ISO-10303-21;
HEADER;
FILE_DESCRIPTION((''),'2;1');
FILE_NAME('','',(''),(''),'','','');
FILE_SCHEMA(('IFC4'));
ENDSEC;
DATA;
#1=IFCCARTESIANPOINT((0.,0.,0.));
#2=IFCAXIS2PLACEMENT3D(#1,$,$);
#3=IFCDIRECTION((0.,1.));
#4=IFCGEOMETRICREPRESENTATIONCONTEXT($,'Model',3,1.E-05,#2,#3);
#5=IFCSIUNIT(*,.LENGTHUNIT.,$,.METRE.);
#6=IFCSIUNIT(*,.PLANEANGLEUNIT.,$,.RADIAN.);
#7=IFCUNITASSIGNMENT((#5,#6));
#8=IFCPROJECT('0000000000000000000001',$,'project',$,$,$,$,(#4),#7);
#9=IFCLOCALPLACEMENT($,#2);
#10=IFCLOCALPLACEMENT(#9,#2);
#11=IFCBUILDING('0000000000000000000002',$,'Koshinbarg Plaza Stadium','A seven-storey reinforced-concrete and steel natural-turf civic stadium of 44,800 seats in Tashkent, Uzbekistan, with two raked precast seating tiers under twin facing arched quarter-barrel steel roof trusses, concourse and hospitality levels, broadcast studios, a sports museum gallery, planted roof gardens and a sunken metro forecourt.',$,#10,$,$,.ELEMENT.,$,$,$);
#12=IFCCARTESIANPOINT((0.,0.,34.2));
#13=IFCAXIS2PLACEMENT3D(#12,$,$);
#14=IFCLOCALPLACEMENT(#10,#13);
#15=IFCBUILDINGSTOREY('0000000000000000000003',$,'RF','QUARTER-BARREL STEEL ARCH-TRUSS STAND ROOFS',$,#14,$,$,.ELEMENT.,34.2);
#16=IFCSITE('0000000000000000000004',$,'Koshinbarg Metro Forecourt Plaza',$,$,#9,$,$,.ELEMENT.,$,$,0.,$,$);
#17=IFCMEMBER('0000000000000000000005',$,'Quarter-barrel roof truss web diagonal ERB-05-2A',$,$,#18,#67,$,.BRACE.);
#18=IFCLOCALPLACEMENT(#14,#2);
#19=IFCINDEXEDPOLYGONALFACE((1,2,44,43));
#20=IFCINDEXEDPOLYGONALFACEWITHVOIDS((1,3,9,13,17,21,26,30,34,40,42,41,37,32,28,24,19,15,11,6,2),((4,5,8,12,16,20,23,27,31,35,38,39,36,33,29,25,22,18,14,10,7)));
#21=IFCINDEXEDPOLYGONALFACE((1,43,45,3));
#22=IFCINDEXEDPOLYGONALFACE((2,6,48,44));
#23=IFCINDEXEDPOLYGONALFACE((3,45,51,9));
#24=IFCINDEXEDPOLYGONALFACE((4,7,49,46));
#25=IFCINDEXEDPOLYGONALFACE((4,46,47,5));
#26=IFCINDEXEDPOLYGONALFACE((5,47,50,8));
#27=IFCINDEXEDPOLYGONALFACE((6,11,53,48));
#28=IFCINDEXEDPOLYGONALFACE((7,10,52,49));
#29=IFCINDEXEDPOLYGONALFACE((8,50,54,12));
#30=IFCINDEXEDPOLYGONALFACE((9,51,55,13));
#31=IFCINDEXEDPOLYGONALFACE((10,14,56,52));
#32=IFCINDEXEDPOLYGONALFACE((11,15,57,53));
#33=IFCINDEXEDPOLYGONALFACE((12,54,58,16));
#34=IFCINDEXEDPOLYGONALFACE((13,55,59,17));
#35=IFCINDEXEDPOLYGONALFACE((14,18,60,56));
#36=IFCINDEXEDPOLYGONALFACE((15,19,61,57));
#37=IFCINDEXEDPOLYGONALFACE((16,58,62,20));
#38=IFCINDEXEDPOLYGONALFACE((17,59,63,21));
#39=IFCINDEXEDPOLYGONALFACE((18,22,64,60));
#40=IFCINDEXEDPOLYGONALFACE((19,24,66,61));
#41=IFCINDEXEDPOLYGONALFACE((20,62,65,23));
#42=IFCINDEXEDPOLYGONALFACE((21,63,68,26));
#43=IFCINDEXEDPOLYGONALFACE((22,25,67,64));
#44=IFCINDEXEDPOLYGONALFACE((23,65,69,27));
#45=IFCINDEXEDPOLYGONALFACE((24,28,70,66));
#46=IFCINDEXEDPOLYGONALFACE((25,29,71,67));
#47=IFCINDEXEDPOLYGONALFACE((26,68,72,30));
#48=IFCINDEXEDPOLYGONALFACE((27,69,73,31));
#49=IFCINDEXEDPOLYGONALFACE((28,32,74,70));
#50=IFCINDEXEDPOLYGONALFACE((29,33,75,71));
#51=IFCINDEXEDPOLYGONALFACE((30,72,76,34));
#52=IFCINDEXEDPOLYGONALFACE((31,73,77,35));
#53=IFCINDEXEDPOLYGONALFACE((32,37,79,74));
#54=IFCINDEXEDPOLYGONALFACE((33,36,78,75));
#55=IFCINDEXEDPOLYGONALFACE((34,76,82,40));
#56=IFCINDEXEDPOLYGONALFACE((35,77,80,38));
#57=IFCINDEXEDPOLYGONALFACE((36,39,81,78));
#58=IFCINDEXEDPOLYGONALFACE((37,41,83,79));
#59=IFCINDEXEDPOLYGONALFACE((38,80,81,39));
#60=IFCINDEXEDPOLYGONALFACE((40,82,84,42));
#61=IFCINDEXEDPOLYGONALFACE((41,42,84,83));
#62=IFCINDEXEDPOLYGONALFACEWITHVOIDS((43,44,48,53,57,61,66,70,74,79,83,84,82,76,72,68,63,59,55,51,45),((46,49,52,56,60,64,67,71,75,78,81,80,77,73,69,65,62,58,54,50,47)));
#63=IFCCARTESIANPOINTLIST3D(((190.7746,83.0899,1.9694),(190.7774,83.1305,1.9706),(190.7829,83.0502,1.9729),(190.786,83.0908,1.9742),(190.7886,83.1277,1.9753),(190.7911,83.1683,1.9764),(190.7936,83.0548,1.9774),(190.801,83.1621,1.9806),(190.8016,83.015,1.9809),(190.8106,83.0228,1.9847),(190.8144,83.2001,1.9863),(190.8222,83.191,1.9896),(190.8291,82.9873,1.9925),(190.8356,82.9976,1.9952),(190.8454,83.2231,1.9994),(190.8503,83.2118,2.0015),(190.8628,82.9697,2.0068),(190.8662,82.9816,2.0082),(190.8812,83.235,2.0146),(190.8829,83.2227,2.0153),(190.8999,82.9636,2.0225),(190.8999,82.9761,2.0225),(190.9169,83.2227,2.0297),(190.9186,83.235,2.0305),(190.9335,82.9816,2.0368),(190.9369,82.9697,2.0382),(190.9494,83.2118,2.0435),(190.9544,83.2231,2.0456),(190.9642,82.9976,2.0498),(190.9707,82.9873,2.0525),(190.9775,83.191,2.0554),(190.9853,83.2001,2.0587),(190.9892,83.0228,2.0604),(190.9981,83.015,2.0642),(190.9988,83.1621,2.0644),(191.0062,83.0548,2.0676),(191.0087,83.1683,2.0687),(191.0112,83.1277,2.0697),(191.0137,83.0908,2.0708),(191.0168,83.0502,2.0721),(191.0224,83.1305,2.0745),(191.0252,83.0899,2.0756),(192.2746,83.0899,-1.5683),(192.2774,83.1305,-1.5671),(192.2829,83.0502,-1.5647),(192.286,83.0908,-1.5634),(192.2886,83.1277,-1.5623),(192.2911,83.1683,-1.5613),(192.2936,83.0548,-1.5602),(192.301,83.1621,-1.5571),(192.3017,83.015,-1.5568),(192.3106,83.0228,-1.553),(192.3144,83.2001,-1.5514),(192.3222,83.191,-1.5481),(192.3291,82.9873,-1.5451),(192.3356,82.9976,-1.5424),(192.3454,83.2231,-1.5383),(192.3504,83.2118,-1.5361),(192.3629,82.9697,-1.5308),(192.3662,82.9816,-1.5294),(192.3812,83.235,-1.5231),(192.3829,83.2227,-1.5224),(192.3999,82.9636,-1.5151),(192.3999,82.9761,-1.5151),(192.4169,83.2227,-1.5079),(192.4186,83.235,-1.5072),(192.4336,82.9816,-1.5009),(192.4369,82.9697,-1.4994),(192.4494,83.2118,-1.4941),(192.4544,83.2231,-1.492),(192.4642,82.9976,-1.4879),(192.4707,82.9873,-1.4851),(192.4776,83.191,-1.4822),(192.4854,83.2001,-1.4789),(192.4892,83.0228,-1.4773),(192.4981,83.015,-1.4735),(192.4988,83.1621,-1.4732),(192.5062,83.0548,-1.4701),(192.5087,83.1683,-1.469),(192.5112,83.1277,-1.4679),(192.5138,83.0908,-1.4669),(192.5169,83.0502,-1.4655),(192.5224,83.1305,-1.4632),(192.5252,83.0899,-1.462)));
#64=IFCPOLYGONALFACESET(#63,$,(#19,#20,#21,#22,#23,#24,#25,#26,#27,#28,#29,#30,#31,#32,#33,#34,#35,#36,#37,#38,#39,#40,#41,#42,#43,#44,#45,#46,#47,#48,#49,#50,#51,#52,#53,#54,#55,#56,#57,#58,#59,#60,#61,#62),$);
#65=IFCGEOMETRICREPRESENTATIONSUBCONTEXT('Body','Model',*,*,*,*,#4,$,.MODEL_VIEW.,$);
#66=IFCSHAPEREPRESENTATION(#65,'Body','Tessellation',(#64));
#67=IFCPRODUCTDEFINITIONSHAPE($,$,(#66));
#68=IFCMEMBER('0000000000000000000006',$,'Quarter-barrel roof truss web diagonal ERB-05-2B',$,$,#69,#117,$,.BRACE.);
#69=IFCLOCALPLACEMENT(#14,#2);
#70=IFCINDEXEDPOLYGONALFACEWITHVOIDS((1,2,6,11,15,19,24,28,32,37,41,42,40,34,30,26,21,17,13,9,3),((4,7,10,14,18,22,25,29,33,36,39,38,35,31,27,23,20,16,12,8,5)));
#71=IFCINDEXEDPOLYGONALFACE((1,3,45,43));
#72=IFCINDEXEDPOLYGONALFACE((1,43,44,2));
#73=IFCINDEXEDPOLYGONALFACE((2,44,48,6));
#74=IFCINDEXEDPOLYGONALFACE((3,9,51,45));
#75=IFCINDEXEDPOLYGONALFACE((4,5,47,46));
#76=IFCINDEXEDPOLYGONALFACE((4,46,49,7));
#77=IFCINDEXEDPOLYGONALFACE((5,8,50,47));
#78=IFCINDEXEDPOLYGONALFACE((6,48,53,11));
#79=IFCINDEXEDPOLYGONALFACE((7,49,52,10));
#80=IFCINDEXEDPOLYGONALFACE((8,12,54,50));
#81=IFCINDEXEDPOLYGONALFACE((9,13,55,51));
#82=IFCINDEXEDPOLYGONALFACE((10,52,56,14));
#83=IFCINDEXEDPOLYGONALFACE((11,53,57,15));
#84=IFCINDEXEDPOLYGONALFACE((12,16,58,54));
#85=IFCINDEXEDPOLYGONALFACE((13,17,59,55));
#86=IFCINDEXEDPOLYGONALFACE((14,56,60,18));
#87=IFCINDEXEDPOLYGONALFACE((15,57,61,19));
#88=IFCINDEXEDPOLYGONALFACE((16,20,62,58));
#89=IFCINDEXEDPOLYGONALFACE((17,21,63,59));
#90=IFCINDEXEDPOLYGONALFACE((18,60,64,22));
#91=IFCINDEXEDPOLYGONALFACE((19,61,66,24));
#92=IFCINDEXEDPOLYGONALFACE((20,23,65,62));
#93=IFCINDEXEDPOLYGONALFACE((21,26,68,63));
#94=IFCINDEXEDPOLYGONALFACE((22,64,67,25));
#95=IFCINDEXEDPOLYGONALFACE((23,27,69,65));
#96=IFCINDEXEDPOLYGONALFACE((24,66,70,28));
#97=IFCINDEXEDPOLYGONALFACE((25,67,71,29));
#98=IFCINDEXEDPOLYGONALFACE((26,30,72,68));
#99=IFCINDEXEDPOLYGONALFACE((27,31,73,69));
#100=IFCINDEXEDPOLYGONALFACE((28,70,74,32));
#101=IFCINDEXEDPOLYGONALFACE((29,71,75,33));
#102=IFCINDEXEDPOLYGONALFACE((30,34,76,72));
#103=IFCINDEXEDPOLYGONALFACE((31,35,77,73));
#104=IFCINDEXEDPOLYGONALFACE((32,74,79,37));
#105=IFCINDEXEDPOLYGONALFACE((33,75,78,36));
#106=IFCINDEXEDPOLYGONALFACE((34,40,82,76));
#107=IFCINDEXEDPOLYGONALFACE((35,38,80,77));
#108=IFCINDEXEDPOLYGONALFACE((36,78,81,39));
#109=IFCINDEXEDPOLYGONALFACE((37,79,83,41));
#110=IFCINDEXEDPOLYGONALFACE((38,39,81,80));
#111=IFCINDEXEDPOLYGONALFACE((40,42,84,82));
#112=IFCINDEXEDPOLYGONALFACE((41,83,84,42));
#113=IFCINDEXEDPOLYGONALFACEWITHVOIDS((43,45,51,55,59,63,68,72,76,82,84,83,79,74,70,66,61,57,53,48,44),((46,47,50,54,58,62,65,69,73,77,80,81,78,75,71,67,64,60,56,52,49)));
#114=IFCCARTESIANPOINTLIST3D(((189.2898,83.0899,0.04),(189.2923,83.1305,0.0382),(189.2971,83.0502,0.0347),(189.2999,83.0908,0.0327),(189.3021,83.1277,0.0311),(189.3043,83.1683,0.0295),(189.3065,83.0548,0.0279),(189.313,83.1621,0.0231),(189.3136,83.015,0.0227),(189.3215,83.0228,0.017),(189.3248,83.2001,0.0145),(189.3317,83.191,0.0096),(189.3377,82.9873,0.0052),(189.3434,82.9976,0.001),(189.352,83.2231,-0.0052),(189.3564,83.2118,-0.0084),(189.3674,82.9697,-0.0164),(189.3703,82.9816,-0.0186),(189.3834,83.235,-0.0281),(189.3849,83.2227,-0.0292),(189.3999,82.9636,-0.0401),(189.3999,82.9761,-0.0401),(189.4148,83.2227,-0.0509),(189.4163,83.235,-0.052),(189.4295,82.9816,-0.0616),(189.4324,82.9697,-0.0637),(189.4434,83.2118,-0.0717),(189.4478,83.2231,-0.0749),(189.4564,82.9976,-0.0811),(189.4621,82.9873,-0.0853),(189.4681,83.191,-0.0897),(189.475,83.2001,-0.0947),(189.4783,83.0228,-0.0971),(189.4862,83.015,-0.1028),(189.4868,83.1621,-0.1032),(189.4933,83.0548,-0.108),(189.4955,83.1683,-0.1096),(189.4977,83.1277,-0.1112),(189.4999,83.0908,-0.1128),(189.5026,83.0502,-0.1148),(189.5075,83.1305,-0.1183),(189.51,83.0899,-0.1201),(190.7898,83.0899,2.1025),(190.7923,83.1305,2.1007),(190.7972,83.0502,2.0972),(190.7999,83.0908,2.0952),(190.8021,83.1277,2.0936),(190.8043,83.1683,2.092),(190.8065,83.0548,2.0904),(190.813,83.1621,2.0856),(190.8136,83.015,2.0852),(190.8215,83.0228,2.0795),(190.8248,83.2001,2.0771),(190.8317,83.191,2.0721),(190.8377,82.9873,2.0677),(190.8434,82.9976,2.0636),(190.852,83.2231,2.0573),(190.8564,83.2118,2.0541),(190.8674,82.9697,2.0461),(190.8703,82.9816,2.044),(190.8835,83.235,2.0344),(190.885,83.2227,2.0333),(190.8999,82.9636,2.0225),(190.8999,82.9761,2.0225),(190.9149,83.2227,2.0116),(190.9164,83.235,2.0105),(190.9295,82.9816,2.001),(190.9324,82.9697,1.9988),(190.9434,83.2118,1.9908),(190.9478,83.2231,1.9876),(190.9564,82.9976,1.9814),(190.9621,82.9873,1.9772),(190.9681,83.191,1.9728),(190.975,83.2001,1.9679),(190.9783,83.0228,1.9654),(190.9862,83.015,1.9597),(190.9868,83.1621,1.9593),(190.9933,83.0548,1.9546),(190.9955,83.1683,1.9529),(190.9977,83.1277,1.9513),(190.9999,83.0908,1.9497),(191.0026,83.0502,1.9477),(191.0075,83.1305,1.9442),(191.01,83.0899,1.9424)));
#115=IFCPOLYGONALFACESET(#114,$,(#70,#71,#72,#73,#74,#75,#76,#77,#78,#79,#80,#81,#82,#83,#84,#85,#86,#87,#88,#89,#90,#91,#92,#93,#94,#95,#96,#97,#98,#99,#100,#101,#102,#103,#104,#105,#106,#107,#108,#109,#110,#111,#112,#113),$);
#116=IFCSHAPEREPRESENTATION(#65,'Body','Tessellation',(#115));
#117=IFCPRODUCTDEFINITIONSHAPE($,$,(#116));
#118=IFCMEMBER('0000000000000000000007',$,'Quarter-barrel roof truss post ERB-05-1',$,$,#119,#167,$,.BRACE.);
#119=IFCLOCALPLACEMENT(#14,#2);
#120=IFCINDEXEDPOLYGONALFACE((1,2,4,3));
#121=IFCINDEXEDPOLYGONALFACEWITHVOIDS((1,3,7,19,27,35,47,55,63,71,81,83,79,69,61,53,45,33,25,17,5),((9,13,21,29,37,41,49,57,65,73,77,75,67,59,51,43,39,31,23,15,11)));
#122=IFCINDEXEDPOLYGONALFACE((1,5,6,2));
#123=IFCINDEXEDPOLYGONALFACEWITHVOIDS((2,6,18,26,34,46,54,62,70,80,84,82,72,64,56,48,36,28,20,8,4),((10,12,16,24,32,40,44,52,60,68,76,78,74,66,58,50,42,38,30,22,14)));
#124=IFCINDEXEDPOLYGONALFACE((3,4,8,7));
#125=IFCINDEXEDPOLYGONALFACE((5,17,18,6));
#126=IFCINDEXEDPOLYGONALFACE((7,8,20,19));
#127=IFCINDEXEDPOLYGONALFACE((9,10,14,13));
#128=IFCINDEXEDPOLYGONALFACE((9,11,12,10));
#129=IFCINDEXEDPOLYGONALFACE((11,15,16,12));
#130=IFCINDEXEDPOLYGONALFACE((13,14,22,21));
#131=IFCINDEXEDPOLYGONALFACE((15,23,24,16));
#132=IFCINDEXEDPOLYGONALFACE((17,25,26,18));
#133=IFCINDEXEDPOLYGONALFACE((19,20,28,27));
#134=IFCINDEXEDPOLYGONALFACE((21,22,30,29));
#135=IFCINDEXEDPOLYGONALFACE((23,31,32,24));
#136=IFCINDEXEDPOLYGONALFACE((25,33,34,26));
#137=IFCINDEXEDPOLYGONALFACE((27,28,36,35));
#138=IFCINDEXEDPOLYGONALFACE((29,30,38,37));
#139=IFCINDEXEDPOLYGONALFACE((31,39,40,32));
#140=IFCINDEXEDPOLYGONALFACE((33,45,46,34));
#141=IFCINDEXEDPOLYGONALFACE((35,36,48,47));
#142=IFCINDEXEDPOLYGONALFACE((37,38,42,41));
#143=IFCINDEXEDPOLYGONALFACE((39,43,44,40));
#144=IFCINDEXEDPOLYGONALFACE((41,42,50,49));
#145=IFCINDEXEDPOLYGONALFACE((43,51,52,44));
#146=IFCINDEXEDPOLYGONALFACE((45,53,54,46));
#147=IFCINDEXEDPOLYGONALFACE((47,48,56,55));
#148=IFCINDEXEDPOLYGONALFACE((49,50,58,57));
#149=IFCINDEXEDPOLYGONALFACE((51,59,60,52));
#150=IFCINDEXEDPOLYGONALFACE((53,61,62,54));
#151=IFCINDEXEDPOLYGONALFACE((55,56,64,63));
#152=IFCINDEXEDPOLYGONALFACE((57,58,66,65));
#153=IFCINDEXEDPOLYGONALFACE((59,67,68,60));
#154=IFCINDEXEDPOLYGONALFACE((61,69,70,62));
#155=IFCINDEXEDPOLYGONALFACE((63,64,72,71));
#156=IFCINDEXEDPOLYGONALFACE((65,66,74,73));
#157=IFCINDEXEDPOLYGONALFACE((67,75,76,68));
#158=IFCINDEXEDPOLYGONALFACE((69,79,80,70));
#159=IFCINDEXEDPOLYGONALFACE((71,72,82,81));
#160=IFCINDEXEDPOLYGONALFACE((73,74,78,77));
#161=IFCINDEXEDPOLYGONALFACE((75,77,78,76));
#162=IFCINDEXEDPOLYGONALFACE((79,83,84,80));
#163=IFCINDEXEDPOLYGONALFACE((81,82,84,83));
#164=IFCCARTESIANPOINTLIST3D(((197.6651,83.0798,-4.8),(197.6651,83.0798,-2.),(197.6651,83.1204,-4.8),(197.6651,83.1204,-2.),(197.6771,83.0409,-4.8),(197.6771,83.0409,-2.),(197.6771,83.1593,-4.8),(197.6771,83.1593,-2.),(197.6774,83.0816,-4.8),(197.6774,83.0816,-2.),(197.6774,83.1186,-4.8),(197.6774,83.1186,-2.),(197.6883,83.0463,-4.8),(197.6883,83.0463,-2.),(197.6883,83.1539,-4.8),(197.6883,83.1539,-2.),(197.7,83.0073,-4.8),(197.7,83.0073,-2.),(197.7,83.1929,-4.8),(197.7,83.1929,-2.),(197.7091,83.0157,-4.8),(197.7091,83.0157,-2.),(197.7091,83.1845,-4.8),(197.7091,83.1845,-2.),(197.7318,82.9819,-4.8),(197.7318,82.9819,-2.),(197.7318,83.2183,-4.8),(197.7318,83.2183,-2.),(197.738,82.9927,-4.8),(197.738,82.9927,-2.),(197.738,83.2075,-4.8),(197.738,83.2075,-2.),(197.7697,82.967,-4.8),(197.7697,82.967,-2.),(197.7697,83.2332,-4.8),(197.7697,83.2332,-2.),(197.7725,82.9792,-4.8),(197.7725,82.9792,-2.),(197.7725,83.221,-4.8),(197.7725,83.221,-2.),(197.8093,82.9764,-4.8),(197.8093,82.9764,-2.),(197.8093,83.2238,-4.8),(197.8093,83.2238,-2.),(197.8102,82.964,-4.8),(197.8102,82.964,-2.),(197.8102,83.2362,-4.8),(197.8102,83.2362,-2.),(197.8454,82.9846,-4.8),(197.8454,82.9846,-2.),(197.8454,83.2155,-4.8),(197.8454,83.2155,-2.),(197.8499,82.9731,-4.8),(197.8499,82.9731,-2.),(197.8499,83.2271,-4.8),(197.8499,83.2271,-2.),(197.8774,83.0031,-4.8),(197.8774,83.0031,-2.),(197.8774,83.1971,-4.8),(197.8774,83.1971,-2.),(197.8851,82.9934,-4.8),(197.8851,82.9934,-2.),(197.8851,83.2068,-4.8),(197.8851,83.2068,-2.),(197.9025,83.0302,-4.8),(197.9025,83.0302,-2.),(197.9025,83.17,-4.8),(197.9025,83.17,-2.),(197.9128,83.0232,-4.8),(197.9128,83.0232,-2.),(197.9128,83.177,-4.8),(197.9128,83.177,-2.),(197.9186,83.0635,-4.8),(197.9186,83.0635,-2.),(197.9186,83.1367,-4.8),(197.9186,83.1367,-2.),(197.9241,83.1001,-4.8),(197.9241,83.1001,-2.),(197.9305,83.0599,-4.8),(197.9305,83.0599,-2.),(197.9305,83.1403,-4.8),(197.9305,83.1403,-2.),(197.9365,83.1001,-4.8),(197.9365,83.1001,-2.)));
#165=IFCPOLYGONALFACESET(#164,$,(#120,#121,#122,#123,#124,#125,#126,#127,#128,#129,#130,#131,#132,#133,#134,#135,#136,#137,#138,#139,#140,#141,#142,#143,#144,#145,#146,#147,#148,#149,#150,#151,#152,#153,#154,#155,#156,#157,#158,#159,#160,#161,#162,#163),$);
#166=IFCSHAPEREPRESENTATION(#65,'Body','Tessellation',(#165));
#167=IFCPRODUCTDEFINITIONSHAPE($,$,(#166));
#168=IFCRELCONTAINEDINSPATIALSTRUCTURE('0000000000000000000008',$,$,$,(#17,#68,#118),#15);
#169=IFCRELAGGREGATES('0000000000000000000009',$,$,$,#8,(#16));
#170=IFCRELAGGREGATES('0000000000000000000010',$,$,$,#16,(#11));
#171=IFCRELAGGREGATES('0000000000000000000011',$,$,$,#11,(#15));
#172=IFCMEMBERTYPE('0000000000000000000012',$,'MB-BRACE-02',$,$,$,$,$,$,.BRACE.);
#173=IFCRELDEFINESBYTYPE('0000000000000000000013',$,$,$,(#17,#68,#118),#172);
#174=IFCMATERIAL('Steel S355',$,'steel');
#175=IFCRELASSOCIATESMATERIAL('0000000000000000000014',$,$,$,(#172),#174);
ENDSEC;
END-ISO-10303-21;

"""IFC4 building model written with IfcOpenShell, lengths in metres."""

from ifc_helpers import new_model, si_unit, direction, frame, origin, origin_2d, place, context, subcontext, project, spatial, hollow_circle, extrude, material, material_profile, profile_set, type_object, element, save


model = new_model("IFC4")

# Units and contexts
model_context = context("Model", 3, precision=1e-05, world=origin(), true_north=direction((0.0, 1.0)))
body_context = subcontext(model_context, "Body", "Model", "MODEL_VIEW")
ifc_project = project(units=[si_unit("LENGTHUNIT", "METRE"), si_unit("PLANEANGLEUNIT", "RADIAN")], contexts=[model_context])

# Site, building, storey
site_placement = place(None, origin())
site = spatial("IfcSite", under=ifc_project, at=site_placement, Name="Koshinbarg Metro Forecourt Plaza", CompositionType="ELEMENT", RefElevation=0.0)
building_placement = place(site_placement, origin())
building = spatial("IfcBuilding", under=site, at=building_placement, Name="Koshinbarg Plaza Stadium", Description="A seven-storey reinforced-concrete and steel natural-turf civic stadium of 44,800 seats in Tashkent, Uzbekistan, with two raked precast seating tiers under twin facing arched quarter-barrel steel roof trusses, concourse and hospitality levels, broadcast studios, a sports museum gallery, planted roof gardens and a sunken metro forecourt.", CompositionType="ELEMENT")
storey_placement = place(building_placement, frame((0.0, 0.0, 34.2)))
storey = spatial("IfcBuildingStorey", under=building, at=storey_placement, Name="RF", Description="QUARTER-BARREL STEEL ARCH-TRUSS STAND ROOFS", CompositionType="ELEMENT", Elevation=34.2)

# Members
ifc_material_1 = material(Name="Steel S355", Category="steel")
ifc_material_profile_1 = material_profile(ifc_material_1, hollow_circle(Radius=0.1365, WallThickness=0.0125, at=origin_2d()), Name="CHS 273x12.5")
ifc_profile_set_1 = profile_set([ifc_material_profile_1], Name="Steel S355")
member_type_1 = type_object("IfcMemberType", Name="MB-BRACE-02", PredefinedType="BRACE", material=ifc_profile_set_1)
member_1_placement = place(storey_placement, frame((192.3999, 83.1001, -1.5151), z_axis=(-0.390374, 0.0, 0.920657), x_axis=(0.0, -1.0, 0.0)))
element("IfcMember", 1, at=member_1_placement, inside=storey, type_object=member_type_1, Name="Quarter-barrel roof truss web diagonal ERB-05-2A", PredefinedType="BRACE", context=body_context, shape_type="SweptSolid", body=[
    extrude(hollow_circle(Radius=0.1365, WallThickness=0.0125, at=origin_2d()), origin(), (0.0, 0.0, 1.0), 3.8425),
])
member_2_placement = place(storey_placement, frame((190.8999, 83.1001, 2.0225), z_axis=(-0.588172, 0.0, -0.808736), x_axis=(0.0, -1.0, 0.0)))
element("IfcMember", 2, at=member_2_placement, inside=storey, type_object=member_type_1, Name="Quarter-barrel roof truss web diagonal ERB-05-2B", PredefinedType="BRACE", context=body_context, shape_type="SweptSolid", body=[
    extrude(hollow_circle(Radius=0.1365, WallThickness=0.0125, at=origin_2d()), origin(), (0.0, 0.0, 1.0), 2.5503),
])
for number, where, z_axis, x_axis, name in (
    (3, (197.8, 83.1001, -4.8), (0.0, 0.0, 1.0), (1.0, 0.0, 0.0), "Quarter-barrel roof truss post ERB-05-1"),
):
    element("IfcMember", number, at=place(storey_placement, frame(where, z_axis=z_axis, x_axis=x_axis)), inside=storey, type_object=member_type_1, Name=name, PredefinedType="BRACE", context=body_context, shape_type="SweptSolid", body=[
        extrude(hollow_circle(Radius=0.1365, WallThickness=0.0125, at=origin_2d()), origin(), (0.0, 0.0, 1.0), 2.8),
    ])

save(model, "model.ifc")
